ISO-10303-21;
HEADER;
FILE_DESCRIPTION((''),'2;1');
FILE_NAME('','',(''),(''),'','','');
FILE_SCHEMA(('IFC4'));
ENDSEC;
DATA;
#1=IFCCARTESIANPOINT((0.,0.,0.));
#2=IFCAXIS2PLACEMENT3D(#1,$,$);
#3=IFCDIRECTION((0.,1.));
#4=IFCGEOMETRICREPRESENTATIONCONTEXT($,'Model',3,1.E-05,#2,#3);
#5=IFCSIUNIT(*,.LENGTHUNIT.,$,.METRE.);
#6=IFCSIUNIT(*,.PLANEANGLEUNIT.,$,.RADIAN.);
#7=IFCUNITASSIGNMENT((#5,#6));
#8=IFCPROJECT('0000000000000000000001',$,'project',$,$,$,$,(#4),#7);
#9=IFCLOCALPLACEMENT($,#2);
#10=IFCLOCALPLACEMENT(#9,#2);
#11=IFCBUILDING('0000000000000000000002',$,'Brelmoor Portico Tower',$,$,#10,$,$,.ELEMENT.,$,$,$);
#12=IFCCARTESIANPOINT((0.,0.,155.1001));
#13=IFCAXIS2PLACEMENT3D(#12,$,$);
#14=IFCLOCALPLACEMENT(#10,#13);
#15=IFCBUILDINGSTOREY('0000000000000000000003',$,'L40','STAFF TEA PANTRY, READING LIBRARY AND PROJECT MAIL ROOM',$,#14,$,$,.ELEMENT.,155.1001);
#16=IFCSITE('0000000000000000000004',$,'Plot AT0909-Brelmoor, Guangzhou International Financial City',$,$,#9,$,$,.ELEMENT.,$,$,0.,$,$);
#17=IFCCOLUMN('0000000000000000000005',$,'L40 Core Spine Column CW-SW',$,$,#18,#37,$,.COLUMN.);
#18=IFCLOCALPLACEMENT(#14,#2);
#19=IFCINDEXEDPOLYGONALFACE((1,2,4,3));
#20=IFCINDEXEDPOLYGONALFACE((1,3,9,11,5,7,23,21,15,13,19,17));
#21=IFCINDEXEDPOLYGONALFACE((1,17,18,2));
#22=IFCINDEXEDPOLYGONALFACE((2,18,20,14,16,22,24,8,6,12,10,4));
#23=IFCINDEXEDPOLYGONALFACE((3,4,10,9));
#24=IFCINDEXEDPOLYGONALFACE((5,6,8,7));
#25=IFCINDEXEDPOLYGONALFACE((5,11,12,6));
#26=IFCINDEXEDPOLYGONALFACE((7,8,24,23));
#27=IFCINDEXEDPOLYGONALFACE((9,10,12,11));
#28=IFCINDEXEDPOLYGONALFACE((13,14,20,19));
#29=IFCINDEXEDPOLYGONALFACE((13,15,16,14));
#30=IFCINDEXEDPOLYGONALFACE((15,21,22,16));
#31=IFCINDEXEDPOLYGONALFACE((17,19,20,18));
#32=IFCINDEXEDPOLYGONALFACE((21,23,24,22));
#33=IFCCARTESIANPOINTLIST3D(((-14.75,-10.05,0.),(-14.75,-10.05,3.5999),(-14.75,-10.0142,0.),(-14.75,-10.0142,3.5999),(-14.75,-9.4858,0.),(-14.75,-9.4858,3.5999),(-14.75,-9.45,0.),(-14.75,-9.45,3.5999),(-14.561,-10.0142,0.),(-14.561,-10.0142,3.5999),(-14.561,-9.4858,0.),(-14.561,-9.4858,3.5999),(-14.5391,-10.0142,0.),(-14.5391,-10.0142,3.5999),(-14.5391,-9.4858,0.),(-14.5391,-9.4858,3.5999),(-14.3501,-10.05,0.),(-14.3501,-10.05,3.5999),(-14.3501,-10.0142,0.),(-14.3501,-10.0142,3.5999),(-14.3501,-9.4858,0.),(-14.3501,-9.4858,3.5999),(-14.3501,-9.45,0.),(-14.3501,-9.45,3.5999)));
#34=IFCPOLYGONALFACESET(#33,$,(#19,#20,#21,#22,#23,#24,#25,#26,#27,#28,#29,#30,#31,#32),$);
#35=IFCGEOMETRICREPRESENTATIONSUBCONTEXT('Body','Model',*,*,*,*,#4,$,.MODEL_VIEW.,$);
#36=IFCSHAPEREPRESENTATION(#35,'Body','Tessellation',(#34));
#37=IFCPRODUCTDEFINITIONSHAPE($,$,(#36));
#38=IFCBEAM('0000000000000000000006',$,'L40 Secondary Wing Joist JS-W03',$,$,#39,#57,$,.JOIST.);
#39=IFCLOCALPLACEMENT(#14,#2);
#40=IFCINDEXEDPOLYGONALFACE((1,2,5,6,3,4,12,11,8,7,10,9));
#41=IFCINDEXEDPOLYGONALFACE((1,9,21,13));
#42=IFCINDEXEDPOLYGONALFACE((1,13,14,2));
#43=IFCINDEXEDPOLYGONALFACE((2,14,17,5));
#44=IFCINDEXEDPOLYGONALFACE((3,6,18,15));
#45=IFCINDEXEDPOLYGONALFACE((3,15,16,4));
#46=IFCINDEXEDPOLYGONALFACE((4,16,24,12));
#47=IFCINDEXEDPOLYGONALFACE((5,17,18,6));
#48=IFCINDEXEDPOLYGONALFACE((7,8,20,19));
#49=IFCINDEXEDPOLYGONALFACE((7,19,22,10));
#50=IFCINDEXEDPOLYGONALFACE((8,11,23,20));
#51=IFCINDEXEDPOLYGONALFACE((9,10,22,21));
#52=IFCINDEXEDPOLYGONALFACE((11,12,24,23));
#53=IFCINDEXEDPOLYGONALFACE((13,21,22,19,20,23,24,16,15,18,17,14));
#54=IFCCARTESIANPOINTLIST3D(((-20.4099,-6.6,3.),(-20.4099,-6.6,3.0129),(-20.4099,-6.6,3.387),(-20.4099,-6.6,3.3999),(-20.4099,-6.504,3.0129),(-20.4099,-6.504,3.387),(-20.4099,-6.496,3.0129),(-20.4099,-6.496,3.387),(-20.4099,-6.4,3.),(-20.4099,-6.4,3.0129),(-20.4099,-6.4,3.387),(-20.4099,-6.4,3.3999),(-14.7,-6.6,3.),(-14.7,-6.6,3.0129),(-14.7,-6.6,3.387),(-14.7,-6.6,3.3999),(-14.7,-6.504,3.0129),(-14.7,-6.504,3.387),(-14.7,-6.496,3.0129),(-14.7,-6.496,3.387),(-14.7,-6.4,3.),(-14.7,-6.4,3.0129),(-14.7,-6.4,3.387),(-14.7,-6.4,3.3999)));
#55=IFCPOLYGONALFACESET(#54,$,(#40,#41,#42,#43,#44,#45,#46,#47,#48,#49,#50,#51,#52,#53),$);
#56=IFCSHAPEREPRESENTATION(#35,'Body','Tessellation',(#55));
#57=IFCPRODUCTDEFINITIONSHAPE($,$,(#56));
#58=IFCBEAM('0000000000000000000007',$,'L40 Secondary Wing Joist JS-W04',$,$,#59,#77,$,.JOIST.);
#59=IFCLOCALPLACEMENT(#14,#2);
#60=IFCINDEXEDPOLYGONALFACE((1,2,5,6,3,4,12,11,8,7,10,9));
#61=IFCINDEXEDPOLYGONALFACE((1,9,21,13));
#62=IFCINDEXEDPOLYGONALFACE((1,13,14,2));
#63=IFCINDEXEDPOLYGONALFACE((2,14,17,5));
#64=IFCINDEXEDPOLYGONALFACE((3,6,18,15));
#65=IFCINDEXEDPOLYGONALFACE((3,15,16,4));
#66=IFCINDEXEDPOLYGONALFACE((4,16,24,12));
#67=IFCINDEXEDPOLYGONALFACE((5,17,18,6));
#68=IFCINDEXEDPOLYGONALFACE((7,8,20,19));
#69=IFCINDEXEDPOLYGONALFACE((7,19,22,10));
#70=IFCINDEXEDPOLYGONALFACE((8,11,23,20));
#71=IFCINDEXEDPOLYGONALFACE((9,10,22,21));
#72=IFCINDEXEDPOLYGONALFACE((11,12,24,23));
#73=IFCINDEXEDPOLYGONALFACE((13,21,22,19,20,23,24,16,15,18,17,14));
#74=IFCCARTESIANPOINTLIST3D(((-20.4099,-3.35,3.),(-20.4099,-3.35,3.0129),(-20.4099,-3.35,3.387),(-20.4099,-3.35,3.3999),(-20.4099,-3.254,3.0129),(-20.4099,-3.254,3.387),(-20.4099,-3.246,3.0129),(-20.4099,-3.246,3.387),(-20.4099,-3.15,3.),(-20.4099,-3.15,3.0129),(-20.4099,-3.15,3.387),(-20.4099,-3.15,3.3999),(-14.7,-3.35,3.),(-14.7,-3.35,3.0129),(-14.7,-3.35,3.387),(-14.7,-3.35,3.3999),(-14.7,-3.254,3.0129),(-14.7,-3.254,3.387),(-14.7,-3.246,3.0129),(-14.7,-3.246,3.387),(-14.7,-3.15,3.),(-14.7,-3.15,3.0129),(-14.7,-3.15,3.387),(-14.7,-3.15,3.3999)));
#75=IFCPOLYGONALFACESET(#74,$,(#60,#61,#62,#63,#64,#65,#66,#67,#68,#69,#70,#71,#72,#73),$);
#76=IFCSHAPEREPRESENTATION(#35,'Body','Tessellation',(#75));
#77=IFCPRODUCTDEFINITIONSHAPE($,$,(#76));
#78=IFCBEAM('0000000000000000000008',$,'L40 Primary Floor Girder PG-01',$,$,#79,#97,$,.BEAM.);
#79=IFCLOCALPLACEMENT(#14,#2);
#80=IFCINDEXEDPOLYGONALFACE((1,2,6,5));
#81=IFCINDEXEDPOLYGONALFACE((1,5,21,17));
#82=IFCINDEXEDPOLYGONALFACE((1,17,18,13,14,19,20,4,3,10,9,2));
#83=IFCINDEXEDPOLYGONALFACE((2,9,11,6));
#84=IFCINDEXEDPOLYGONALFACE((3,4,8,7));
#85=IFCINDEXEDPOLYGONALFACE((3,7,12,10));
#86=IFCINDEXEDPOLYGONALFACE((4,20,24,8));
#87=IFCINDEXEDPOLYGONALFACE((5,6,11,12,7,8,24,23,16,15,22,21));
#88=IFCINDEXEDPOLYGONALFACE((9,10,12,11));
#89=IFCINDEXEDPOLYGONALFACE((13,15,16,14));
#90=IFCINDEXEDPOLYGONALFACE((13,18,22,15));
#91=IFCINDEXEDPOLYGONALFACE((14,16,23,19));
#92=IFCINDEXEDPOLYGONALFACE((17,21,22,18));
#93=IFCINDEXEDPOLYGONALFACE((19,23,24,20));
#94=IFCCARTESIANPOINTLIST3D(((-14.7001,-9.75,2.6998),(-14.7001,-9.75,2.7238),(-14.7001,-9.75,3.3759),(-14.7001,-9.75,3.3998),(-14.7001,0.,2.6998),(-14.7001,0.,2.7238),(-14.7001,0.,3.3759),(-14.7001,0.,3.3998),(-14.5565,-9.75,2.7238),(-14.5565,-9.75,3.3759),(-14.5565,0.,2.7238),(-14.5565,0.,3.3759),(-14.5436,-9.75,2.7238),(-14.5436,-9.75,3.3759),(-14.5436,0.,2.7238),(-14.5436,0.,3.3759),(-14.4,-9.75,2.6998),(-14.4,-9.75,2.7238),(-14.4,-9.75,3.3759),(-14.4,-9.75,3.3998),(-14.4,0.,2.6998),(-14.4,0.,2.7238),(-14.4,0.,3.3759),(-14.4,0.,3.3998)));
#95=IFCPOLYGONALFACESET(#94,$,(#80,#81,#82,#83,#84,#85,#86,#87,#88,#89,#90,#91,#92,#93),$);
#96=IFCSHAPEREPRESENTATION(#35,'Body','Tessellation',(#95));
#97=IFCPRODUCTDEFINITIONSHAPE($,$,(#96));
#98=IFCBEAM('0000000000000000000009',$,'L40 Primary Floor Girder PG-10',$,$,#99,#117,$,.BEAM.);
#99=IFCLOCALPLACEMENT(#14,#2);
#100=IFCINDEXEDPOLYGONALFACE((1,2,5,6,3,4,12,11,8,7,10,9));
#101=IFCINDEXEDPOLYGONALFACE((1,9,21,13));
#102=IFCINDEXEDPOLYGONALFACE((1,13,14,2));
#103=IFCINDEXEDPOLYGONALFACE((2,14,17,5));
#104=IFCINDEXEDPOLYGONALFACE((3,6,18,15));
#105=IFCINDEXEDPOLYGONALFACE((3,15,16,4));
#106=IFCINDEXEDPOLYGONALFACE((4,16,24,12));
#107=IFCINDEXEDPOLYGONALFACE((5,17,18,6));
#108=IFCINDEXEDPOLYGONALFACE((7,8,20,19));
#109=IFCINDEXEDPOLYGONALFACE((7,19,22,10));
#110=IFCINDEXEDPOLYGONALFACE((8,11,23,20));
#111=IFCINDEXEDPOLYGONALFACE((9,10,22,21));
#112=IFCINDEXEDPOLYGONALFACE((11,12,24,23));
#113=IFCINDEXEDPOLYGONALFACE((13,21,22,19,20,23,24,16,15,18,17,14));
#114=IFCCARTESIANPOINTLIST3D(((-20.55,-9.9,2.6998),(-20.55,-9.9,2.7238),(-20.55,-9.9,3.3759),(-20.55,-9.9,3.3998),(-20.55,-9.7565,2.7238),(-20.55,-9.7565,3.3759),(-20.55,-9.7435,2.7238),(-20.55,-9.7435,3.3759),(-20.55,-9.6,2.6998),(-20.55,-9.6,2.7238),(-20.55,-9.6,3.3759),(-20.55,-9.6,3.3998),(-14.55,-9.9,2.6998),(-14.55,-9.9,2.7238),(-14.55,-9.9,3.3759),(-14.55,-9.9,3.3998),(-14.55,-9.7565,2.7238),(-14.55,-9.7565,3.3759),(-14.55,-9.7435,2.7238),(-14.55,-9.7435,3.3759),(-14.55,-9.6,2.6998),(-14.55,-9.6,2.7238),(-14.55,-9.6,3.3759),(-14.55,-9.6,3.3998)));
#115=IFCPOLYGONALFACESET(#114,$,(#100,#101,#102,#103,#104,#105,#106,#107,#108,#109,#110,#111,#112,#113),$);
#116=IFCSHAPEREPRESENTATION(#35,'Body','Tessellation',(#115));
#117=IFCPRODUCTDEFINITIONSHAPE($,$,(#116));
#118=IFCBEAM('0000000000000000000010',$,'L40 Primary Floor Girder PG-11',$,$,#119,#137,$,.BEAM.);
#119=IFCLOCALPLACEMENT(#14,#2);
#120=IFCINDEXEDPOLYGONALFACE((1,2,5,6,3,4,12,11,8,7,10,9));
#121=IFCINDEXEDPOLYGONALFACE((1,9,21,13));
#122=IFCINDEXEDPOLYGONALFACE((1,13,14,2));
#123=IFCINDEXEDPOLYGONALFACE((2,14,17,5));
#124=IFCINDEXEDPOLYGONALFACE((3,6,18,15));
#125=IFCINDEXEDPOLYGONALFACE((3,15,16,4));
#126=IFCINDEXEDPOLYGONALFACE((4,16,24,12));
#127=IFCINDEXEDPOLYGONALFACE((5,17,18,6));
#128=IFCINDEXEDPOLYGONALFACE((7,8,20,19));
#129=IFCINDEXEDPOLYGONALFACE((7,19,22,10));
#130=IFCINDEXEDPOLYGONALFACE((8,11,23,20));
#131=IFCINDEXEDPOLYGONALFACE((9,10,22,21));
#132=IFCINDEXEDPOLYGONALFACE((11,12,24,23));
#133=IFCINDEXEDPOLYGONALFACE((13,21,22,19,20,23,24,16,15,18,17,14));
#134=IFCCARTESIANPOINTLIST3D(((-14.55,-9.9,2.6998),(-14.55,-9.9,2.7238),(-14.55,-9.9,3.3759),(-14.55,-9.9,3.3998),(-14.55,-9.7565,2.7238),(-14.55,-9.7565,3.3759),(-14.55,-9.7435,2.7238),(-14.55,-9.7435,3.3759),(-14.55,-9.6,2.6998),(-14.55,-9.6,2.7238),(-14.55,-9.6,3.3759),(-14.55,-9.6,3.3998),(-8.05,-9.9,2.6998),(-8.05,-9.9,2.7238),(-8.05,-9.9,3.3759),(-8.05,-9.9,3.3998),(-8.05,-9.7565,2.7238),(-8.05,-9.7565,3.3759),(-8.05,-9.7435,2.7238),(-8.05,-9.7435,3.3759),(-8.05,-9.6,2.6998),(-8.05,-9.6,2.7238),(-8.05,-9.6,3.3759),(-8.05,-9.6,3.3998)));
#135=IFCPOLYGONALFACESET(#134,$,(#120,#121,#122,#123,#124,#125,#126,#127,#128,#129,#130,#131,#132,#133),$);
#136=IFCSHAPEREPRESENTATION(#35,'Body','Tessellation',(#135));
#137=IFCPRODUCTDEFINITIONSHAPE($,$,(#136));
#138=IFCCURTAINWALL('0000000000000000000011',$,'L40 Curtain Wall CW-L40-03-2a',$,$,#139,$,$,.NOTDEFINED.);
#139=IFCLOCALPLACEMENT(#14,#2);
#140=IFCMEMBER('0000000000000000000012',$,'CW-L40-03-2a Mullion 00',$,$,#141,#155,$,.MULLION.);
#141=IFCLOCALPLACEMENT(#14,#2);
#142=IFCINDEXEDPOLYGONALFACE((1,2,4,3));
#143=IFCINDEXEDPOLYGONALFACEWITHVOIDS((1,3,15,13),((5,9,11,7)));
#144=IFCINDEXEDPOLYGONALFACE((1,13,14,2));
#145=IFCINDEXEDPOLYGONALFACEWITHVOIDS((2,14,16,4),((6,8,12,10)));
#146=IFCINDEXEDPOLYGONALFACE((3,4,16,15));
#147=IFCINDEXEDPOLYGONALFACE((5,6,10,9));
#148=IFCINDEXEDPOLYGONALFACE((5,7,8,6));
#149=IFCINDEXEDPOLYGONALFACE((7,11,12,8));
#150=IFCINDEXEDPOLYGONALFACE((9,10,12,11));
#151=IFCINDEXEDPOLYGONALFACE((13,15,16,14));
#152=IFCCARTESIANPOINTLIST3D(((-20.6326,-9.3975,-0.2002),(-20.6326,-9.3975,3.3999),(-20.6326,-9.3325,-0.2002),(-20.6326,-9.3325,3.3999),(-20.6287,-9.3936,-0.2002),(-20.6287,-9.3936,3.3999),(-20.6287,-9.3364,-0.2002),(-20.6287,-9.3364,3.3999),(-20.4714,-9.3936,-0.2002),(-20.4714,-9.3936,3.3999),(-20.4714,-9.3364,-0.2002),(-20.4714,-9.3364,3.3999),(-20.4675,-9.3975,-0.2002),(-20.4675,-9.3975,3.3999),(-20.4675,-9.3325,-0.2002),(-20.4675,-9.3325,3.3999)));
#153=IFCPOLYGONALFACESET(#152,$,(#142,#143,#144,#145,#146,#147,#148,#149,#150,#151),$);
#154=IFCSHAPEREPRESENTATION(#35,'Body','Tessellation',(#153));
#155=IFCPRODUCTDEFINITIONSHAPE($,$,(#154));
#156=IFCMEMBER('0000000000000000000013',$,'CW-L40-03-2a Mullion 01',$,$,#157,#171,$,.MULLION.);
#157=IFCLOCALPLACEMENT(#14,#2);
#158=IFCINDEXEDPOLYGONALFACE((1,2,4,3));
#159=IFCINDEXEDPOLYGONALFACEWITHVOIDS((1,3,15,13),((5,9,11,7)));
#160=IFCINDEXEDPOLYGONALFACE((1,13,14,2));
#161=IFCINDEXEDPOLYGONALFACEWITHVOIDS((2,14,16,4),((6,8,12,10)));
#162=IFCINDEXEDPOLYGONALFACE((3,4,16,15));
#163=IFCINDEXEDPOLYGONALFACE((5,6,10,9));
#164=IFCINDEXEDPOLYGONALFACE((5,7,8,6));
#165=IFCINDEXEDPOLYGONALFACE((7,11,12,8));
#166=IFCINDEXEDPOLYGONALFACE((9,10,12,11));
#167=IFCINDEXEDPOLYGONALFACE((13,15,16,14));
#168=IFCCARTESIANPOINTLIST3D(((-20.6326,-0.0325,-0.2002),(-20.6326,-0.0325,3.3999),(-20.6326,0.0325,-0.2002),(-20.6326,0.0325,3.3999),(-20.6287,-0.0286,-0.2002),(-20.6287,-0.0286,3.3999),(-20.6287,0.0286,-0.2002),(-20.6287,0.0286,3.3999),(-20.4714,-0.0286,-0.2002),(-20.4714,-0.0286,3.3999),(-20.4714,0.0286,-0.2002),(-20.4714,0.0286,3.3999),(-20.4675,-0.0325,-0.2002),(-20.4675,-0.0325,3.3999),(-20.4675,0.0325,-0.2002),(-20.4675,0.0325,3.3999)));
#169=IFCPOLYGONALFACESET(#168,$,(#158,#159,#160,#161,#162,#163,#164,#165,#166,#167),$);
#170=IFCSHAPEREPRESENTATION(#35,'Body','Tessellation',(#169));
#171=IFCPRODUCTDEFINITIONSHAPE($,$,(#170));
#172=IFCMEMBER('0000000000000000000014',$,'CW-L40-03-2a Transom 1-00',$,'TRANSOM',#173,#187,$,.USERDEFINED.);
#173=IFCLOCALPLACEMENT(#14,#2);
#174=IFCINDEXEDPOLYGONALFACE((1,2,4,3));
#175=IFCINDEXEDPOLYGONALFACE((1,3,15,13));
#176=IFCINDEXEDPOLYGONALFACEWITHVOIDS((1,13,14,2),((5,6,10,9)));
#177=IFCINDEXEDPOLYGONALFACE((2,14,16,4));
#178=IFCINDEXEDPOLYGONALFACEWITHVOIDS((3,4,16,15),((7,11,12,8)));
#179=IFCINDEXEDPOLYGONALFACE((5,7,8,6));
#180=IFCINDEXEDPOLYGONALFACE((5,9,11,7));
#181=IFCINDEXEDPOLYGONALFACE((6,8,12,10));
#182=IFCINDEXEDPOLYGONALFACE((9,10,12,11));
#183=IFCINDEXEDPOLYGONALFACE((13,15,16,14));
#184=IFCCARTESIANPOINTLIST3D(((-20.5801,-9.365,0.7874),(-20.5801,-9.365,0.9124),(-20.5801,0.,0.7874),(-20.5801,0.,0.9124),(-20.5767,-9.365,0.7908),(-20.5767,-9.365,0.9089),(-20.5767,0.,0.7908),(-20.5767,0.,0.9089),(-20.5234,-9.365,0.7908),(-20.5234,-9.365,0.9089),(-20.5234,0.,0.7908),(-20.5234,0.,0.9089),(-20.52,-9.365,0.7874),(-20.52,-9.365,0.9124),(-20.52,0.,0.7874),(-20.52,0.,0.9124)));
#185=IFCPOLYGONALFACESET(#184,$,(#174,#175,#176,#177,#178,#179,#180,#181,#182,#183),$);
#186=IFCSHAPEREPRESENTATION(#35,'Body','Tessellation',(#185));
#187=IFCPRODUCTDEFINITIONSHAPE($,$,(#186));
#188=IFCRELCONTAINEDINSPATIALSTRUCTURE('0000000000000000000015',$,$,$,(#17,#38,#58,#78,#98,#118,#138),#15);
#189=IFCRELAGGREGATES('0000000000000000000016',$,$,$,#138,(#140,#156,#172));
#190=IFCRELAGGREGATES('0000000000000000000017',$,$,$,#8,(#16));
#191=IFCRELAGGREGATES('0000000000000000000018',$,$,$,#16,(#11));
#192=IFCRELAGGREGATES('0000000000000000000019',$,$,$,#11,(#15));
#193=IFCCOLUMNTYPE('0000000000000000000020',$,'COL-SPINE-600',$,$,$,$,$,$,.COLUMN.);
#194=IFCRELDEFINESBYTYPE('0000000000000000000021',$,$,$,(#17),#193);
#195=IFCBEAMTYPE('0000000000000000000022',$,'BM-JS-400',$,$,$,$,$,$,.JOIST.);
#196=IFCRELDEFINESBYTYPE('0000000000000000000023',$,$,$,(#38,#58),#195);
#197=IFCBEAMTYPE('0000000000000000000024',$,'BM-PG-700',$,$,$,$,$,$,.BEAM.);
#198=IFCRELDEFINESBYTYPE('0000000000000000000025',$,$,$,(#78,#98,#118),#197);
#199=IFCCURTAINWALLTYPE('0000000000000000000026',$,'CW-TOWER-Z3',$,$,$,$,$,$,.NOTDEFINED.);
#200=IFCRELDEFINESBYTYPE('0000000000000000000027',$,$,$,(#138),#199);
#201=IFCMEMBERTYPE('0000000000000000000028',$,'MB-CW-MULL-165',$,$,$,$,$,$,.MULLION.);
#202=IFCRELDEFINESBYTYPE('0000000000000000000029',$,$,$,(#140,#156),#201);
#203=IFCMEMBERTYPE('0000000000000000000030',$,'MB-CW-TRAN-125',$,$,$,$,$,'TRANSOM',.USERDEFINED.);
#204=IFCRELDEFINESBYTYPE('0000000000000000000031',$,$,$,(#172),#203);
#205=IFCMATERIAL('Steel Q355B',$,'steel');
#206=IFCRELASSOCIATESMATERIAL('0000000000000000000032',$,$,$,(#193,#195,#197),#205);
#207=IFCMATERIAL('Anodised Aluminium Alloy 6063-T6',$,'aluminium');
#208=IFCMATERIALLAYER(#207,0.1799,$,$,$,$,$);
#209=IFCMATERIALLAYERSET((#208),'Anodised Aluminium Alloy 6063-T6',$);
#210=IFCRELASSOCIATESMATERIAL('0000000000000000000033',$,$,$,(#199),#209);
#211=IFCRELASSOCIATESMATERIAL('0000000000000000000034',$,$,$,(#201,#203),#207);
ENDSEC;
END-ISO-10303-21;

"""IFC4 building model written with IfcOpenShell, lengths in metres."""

from ifc_helpers import new_model, si_unit, direction, frame, origin, origin_2d, place, context, subcontext, project, spatial, hollow_rectangle, i_section, extrude, material, layer, layer_set, material_profile, profile_set, type_object, element, aggregate, save


model = new_model("IFC4")

# Units and contexts
model_context = context("Model", 3, precision=1e-05, world=origin(), true_north=direction((0.0, 1.0)))
body_context = subcontext(model_context, "Body", "Model", "MODEL_VIEW")
ifc_project = project(units=[si_unit("LENGTHUNIT", "METRE"), si_unit("PLANEANGLEUNIT", "RADIAN")], contexts=[model_context])

# Site, building, storey
site_placement = place(None, origin())
site = spatial("IfcSite", under=ifc_project, at=site_placement, Name="Plot AT0909-Brelmoor, Guangzhou International Financial City", CompositionType="ELEMENT", RefElevation=0.0)
building_placement = place(site_placement, origin())
building = spatial("IfcBuilding", under=site, at=building_placement, Name="Brelmoor Portico Tower", CompositionType="ELEMENT")
storey_placement = place(building_placement, frame((0.0, 0.0, 155.1001)))
storey = spatial("IfcBuildingStorey", under=building, at=storey_placement, Name="L40", Description="STAFF TEA PANTRY, READING LIBRARY AND PROJECT MAIL ROOM", CompositionType="ELEMENT", Elevation=155.1001)

# Column
ifc_material_1 = material(Name="Steel Q355B", Category="steel")
ifc_material_profile_1 = material_profile(ifc_material_1, i_section(OverallWidth=0.3999, OverallDepth=0.6001, WebThickness=0.022, FlangeThickness=0.0359, at=origin_2d()), Name="HW 600x400x22x36")
ifc_profile_set_1 = profile_set([ifc_material_profile_1], Name="Steel Q355B")
column_type = type_object("IfcColumnType", Name="COL-SPINE-600", PredefinedType="COLUMN", material=ifc_profile_set_1)
column_placement = place(storey_placement, frame((-14.55, -9.75, 0.0), z_axis=(0.0, 0.0, 1.0), x_axis=(1.0, 0.0, 0.0)))
element("IfcColumn", 1, at=column_placement, inside=storey, type_object=column_type, Name="L40 Core Spine Column CW-SW", PredefinedType="COLUMN", context=body_context, shape_type="SweptSolid", body=[
    extrude(i_section(OverallWidth=0.3999, OverallDepth=0.6001, WebThickness=0.022, FlangeThickness=0.0359, at=origin_2d()), origin(), (0.0, 0.0, 1.0), 3.5999),
])

# Beams
ifc_material_profile_2 = material_profile(ifc_material_1, i_section(OverallWidth=0.2, OverallDepth=0.3999, WebThickness=0.0081, FlangeThickness=0.0129, at=origin_2d()), Name="HN 400x200x8x13")
ifc_profile_set_2 = profile_set([ifc_material_profile_2], Name="Steel Q355B")
beam_type_1 = type_object("IfcBeamType", Name="BM-JS-400", PredefinedType="JOIST", material=ifc_profile_set_2)
for number, where, z_axis, x_axis, name in (
    (2, (-20.4099, -6.5, 3.2), (1.0, 0.0, 0.0), (0.0, 1.0, 0.0), "L40 Secondary Wing Joist JS-W03"),
    (3, (-20.4099, -3.25, 3.2), (1.0, 0.0, 0.0), (0.0, 1.0, 0.0), "L40 Secondary Wing Joist JS-W04"),
):
    element("IfcBeam", number, at=place(storey_placement, frame(where, z_axis=z_axis, x_axis=x_axis)), inside=storey, type_object=beam_type_1, Name=name, PredefinedType="JOIST", context=body_context, shape_type="SweptSolid", body=[
        extrude(i_section(OverallWidth=0.2, OverallDepth=0.3999, WebThickness=0.0081, FlangeThickness=0.0129, at=origin_2d()), origin(), (0.0, 0.0, 1.0), 5.71),
    ])
ifc_material_profile_3 = material_profile(ifc_material_1, i_section(OverallWidth=0.3, OverallDepth=0.7, WebThickness=0.0129, FlangeThickness=0.0239, at=origin_2d()), Name="HN 700x300x13x24")
ifc_profile_set_3 = profile_set([ifc_material_profile_3], Name="Steel Q355B")
beam_type_2 = type_object("IfcBeamType", Name="BM-PG-700", PredefinedType="BEAM", material=ifc_profile_set_3)
beam_1_placement = place(storey_placement, frame((-14.55, -9.75, 3.0498), z_axis=(0.0, 1.0, 0.0), x_axis=(-1.0, 0.0, 0.0)))
element("IfcBeam", 4, at=beam_1_placement, inside=storey, type_object=beam_type_2, Name="L40 Primary Floor Girder PG-01", PredefinedType="BEAM", context=body_context, shape_type="SweptSolid", body=[
    extrude(i_section(OverallWidth=0.3, OverallDepth=0.7, WebThickness=0.0129, FlangeThickness=0.0239, at=origin_2d()), origin(), (0.0, 0.0, 1.0), 9.75),
])
beam_2_placement = place(storey_placement, frame((-20.55, -9.75, 3.0498), z_axis=(1.0, 0.0, 0.0), x_axis=(0.0, 1.0, 0.0)))
element("IfcBeam", 5, at=beam_2_placement, inside=storey, type_object=beam_type_2, Name="L40 Primary Floor Girder PG-10", PredefinedType="BEAM", context=body_context, shape_type="SweptSolid", body=[
    extrude(i_section(OverallWidth=0.3, OverallDepth=0.7, WebThickness=0.0129, FlangeThickness=0.0239, at=origin_2d()), origin(), (0.0, 0.0, 1.0), 6.0),
])
beam_3_placement = place(storey_placement, frame((-14.55, -9.75, 3.0498), z_axis=(1.0, 0.0, 0.0), x_axis=(0.0, 1.0, 0.0)))
element("IfcBeam", 6, at=beam_3_placement, inside=storey, type_object=beam_type_2, Name="L40 Primary Floor Girder PG-11", PredefinedType="BEAM", context=body_context, shape_type="SweptSolid", body=[
    extrude(i_section(OverallWidth=0.3, OverallDepth=0.7, WebThickness=0.0129, FlangeThickness=0.0239, at=origin_2d()), origin(), (0.0, 0.0, 1.0), 6.5),
])

# Curtain wall, members
ifc_material_2 = material(Name="Anodised Aluminium Alloy 6063-T6", Category="aluminium")
ifc_layer_1 = layer(ifc_material_2, 0.1799)
ifc_layer_set_1 = layer_set([ifc_layer_1], Name="Anodised Aluminium Alloy 6063-T6")
curtain_wall_type_1 = type_object("IfcCurtainWallType", Name="CW-TOWER-Z3", PredefinedType="NOTDEFINED", material=ifc_layer_set_1)
curtain_wall_1_placement = place(storey_placement, origin())
curtain_wall_1 = element("IfcCurtainWall", 7, at=curtain_wall_1_placement, inside=storey, type_object=curtain_wall_type_1, Name="L40 Curtain Wall CW-L40-03-2a", PredefinedType="NOTDEFINED")
ifc_material_profile_4 = material_profile(ifc_material_2, hollow_rectangle(XDim=0.0649, YDim=0.165, WallThickness=0.0039, at=origin_2d()), Name="ALU MULLION 65x165")
ifc_profile_set_4 = profile_set([ifc_material_profile_4], Name="Anodised Aluminium Alloy 6063-T6")
member_type_1 = type_object("IfcMemberType", Name="MB-CW-MULL-165", PredefinedType="MULLION", material=ifc_profile_set_4)
member_1_placement = place(storey_placement, frame((-20.55, -9.365, -0.2002), z_axis=(0.0, 0.0, 1.0), x_axis=(0.0, 1.0, 0.0)))
member_1 = element("IfcMember", 8, at=member_1_placement, type_object=member_type_1, Name="CW-L40-03-2a Mullion 00", PredefinedType="MULLION", context=body_context, shape_type="SweptSolid", body=[
    extrude(hollow_rectangle(XDim=0.0649, YDim=0.165, WallThickness=0.0039, at=origin_2d()), origin(), (0.0, 0.0, 1.0), 3.6001),
])
member_2_placement = place(storey_placement, frame((-20.55, 0.0, -0.2002), z_axis=(0.0, 0.0, 1.0), x_axis=(0.0, 1.0, 0.0)))
member_2 = element("IfcMember", 9, at=member_2_placement, type_object=member_type_1, Name="CW-L40-03-2a Mullion 01", PredefinedType="MULLION", context=body_context, shape_type="SweptSolid", body=[
    extrude(hollow_rectangle(XDim=0.0649, YDim=0.165, WallThickness=0.0039, at=origin_2d()), origin(), (0.0, 0.0, 1.0), 3.6001),
])
ifc_material_profile_5 = material_profile(ifc_material_2, hollow_rectangle(XDim=0.0601, YDim=0.125, WallThickness=0.0034, at=origin_2d()), Name="ALU TRANSOM 60x125")
ifc_profile_set_5 = profile_set([ifc_material_profile_5], Name="Anodised Aluminium Alloy 6063-T6")
member_type_2 = type_object("IfcMemberType", Name="MB-CW-TRAN-125", ElementType="TRANSOM", PredefinedType="USERDEFINED", material=ifc_profile_set_5)
member_3_placement = place(storey_placement, frame((-20.55, -9.365, 0.8499), z_axis=(0.0, 1.0, 0.0), x_axis=(-1.0, 0.0, 0.0)))
member_3 = element("IfcMember", 10, at=member_3_placement, type_object=member_type_2, Name="CW-L40-03-2a Transom 1-00", ObjectType="TRANSOM", PredefinedType="USERDEFINED", context=body_context, shape_type="SweptSolid", body=[
    extrude(hollow_rectangle(XDim=0.0601, YDim=0.125, WallThickness=0.0034, at=origin_2d()), origin(), (0.0, 0.0, 1.0), 9.365),
])

aggregate(curtain_wall_1, [member_1, member_2, member_3])

save(model, "model.ifc")
